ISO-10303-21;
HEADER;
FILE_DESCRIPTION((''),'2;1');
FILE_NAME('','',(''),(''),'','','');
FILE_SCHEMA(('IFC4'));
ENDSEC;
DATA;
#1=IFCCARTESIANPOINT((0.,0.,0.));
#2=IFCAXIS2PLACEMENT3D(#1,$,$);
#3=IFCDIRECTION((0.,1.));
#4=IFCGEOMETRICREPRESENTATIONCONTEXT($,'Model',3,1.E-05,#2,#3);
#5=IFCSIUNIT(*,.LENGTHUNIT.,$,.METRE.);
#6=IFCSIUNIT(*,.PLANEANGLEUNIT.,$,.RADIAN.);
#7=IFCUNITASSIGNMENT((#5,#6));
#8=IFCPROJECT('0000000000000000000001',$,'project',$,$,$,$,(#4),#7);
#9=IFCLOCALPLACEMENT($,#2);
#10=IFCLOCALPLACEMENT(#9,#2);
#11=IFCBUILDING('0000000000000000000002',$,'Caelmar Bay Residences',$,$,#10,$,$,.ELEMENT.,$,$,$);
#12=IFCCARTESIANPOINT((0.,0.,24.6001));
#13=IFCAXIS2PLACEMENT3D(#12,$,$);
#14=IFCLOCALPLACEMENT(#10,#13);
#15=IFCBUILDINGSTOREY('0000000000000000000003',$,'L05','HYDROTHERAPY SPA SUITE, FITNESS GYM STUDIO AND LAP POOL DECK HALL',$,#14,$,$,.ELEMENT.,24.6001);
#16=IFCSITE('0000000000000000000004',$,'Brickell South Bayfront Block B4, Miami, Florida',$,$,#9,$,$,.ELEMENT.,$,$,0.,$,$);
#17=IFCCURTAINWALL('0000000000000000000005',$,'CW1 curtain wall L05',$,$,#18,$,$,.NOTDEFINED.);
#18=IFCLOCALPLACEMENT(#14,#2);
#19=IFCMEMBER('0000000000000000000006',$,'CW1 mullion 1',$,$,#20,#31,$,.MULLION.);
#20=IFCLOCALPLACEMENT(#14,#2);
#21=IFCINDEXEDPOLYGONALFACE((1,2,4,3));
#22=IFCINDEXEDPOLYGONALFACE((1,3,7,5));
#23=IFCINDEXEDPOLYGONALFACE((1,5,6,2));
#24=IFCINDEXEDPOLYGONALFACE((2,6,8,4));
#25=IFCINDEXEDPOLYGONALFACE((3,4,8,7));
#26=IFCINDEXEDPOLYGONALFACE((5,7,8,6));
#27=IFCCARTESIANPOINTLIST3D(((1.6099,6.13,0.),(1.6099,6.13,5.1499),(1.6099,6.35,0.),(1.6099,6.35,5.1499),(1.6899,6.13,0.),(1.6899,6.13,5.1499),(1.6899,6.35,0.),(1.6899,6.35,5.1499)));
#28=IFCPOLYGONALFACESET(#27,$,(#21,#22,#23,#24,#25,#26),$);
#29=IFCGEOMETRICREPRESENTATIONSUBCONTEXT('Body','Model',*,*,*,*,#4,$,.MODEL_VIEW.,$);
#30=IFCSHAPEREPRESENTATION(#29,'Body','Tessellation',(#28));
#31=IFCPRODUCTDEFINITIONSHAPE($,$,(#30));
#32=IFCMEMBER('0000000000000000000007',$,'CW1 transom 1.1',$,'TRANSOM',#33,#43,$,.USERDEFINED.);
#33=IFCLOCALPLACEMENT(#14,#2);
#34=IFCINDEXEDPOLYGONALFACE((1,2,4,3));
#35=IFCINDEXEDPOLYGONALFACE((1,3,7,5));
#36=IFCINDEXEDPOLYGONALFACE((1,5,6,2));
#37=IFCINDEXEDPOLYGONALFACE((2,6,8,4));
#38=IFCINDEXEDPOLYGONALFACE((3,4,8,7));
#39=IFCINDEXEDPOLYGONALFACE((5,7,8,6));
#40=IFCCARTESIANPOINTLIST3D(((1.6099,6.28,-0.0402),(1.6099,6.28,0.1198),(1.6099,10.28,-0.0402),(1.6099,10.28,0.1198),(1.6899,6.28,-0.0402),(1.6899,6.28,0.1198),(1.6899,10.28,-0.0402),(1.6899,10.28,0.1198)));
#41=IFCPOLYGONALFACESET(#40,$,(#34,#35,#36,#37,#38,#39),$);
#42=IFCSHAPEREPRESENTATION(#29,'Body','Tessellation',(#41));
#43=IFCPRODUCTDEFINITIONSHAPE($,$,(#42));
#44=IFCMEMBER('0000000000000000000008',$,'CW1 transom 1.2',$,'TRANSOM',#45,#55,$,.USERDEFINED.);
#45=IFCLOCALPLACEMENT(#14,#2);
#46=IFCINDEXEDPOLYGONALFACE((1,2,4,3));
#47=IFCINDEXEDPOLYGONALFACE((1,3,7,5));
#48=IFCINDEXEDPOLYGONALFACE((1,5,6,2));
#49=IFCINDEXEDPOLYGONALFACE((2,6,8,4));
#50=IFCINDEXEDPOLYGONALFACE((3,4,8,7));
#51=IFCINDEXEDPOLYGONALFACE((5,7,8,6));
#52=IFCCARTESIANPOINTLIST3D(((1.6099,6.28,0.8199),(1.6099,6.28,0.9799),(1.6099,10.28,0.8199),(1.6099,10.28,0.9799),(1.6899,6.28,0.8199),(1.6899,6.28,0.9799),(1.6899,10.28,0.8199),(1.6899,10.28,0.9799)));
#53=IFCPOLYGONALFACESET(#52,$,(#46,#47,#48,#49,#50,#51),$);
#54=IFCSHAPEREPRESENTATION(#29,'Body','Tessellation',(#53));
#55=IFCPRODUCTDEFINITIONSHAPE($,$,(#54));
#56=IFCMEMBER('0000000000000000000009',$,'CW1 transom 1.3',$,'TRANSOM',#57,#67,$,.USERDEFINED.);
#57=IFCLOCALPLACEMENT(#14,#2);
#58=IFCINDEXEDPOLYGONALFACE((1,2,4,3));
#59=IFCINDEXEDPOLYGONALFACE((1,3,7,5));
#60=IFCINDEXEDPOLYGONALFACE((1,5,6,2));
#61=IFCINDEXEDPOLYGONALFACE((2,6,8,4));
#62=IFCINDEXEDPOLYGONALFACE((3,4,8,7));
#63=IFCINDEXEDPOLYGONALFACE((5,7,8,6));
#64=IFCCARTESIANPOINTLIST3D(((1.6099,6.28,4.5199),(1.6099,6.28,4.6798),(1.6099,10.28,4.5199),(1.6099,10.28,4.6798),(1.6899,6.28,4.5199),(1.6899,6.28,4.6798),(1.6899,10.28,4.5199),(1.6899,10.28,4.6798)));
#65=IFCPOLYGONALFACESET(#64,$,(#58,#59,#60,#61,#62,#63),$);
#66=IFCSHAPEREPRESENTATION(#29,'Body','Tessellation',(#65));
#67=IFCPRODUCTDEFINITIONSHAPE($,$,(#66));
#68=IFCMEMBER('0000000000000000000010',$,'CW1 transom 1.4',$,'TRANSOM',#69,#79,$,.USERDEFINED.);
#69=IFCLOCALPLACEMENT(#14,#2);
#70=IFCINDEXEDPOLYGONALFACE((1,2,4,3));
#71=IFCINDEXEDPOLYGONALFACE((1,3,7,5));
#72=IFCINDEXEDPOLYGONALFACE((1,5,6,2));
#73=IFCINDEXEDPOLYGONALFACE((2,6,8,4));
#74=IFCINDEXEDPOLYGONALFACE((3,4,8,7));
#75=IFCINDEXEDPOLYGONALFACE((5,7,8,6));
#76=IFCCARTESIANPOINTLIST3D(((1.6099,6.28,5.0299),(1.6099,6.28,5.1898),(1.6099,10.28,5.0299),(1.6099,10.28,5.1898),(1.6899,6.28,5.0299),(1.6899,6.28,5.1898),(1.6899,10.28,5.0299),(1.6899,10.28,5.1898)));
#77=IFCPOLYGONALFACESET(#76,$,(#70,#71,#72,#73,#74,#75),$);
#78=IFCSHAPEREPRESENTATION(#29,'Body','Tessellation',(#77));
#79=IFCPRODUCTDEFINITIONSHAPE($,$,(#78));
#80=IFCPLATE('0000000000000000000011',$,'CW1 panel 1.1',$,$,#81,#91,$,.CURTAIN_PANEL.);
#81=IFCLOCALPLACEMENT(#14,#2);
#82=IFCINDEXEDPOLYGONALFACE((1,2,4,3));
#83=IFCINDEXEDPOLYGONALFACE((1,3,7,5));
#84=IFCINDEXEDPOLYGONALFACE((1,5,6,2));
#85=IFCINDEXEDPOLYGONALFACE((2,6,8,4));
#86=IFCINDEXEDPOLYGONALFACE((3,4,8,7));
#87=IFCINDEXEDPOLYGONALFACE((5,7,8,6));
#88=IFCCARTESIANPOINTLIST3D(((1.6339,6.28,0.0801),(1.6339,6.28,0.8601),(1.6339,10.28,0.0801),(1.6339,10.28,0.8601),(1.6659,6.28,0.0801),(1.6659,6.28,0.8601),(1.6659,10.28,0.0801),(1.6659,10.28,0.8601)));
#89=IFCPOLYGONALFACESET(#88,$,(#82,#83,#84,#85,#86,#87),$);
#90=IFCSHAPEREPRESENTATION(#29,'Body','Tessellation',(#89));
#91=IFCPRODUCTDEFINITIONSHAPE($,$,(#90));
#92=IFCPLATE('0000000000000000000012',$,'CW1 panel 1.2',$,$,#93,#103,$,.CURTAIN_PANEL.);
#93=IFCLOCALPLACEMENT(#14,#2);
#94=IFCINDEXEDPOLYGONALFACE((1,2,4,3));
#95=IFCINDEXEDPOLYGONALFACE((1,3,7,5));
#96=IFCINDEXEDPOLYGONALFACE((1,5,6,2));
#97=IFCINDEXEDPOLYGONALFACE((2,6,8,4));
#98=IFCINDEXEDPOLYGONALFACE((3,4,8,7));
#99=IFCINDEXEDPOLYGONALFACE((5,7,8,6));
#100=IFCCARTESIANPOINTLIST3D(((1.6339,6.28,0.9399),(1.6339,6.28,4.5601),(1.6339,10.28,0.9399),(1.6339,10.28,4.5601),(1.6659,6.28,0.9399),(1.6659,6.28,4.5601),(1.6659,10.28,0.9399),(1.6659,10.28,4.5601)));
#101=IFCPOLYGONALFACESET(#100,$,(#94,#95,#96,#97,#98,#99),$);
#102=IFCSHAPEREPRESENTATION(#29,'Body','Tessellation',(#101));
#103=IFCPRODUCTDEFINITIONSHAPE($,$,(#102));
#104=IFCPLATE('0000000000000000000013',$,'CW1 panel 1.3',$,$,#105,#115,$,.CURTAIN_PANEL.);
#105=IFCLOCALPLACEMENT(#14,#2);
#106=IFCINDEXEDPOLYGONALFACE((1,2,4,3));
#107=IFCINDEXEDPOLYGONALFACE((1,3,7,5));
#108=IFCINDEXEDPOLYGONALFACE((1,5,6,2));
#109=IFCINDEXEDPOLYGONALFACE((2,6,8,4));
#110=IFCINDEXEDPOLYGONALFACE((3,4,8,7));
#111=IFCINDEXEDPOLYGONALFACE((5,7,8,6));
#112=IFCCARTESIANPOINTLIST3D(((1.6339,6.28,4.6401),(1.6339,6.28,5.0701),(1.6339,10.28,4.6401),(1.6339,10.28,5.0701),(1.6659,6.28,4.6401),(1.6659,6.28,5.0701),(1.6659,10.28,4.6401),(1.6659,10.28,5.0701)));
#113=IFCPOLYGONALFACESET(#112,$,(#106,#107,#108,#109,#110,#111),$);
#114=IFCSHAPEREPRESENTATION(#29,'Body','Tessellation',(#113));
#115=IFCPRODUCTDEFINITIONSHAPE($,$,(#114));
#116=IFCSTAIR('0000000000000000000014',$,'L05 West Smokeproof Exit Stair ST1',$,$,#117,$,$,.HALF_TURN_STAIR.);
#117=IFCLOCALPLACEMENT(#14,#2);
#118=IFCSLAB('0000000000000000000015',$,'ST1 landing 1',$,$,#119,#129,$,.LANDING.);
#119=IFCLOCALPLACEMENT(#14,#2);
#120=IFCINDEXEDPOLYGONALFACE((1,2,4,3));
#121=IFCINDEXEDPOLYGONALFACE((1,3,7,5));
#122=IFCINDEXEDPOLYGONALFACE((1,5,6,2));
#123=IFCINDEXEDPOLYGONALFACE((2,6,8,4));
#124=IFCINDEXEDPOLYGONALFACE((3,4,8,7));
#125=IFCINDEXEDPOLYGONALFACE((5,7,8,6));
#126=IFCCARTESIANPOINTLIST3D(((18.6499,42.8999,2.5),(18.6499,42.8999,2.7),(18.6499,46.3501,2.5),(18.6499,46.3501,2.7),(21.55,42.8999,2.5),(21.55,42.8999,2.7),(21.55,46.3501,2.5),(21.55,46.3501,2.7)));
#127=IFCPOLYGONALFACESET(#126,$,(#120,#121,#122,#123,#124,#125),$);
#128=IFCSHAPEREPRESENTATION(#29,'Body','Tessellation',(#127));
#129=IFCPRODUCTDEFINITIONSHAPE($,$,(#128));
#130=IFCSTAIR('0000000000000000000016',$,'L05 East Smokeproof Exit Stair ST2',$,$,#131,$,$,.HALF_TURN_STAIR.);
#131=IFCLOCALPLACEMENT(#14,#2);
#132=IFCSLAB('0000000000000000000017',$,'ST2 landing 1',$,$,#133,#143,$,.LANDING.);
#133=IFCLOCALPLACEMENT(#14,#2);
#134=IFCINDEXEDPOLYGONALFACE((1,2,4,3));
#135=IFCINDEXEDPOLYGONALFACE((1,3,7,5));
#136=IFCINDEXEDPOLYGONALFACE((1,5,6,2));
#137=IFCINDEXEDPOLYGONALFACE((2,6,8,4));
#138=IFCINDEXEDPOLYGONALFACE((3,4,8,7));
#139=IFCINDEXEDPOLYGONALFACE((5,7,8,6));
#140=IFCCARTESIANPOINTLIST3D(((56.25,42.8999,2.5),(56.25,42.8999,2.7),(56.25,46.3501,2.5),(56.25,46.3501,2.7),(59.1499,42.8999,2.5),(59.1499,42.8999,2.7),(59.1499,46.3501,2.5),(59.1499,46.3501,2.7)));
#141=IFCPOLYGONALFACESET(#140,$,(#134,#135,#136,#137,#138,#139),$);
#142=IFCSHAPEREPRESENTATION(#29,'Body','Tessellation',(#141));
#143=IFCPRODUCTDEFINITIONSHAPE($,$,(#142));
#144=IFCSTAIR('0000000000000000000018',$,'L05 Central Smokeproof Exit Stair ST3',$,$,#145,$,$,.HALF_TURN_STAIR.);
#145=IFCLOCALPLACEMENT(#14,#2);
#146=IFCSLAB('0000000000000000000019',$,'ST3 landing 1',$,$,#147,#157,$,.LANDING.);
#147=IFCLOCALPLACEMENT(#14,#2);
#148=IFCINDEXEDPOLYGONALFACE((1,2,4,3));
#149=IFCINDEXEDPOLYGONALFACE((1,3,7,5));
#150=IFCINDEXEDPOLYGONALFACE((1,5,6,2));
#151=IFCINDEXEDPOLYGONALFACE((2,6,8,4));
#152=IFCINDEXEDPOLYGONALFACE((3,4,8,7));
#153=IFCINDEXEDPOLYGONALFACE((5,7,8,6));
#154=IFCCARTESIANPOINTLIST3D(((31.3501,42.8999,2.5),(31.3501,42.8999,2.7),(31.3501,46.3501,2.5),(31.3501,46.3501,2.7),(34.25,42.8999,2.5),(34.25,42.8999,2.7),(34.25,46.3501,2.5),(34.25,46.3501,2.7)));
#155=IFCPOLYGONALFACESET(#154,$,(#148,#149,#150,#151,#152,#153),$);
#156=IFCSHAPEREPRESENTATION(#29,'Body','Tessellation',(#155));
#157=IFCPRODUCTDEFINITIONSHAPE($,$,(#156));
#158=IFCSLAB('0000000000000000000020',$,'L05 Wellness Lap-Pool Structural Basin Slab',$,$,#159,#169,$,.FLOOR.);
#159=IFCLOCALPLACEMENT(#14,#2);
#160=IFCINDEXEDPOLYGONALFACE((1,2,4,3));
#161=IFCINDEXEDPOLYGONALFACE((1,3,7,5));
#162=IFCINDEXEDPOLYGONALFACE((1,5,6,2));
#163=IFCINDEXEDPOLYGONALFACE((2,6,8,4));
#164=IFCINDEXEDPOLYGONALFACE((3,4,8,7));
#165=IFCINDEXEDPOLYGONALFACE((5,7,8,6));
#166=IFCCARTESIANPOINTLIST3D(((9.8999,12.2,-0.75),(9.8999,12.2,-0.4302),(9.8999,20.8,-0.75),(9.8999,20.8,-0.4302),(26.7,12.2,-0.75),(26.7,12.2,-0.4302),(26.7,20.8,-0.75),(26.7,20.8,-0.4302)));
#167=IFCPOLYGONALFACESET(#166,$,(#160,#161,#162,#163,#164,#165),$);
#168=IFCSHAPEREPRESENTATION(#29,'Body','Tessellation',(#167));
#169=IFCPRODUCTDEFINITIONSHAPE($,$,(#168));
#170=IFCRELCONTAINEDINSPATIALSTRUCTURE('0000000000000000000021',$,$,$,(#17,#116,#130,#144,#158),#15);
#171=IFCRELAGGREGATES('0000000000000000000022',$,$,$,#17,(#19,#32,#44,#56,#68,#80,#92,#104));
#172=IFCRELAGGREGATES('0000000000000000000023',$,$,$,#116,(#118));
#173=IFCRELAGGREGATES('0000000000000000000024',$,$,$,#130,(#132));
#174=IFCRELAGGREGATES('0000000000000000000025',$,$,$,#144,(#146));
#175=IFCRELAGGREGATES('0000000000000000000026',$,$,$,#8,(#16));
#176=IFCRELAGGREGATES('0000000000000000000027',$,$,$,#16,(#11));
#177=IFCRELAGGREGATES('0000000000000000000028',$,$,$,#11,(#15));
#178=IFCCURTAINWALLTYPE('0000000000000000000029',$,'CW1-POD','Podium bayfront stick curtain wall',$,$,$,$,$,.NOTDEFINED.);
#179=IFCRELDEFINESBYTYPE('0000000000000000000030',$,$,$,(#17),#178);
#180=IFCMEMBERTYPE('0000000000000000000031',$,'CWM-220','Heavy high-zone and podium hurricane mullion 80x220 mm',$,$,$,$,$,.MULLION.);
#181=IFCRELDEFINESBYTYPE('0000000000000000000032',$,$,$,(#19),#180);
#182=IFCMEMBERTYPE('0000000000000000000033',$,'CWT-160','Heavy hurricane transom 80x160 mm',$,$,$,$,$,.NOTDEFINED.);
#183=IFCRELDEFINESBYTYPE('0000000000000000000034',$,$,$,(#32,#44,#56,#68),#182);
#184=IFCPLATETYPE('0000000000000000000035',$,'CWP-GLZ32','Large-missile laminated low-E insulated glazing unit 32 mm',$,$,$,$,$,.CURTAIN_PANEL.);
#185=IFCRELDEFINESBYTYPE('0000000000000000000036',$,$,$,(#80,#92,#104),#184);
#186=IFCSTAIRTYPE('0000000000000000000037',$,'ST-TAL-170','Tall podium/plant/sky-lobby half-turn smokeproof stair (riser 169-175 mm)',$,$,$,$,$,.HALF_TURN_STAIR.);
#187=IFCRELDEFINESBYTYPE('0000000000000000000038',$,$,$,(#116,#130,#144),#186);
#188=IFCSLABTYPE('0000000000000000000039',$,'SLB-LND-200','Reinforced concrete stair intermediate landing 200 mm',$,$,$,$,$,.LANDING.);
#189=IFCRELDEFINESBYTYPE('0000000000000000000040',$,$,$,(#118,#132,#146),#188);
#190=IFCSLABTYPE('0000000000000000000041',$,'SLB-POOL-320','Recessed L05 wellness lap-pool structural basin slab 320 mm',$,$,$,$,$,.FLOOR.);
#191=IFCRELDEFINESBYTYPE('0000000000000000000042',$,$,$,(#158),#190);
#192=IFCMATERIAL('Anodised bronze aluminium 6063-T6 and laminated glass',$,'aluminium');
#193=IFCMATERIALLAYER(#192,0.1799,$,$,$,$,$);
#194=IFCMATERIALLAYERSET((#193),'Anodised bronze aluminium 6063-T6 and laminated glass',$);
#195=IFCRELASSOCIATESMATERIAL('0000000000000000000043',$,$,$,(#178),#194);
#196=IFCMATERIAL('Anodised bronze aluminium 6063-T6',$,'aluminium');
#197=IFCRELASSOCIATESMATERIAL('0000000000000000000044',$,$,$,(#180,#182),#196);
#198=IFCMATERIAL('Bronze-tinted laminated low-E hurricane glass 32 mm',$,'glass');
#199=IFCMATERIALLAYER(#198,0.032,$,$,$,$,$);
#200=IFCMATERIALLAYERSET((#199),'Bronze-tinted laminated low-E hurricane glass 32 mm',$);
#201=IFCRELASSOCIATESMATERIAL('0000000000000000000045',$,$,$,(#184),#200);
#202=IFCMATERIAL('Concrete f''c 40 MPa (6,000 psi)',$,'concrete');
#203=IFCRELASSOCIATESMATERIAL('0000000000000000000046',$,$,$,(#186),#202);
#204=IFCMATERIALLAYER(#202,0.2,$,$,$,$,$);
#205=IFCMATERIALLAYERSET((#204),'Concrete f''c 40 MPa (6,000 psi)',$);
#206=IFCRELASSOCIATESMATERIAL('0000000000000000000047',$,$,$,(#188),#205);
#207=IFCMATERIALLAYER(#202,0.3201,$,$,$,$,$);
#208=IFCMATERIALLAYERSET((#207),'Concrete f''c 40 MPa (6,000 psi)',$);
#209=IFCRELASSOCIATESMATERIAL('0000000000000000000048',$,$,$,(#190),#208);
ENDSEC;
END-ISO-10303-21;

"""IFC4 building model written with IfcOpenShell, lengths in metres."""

from ifc_helpers import new_model, si_unit, direction, frame, origin, origin_2d, place, context, subcontext, project, spatial, polyline, rectangle, outline, extrude, material, layer, layer_set, material_profile, profile_set, type_object, element, aggregate, save


model = new_model("IFC4")

# Units and contexts
model_context = context("Model", 3, precision=1e-05, world=origin(), true_north=direction((0.0, 1.0)))
body_context = subcontext(model_context, "Body", "Model", "MODEL_VIEW")
ifc_project = project(units=[si_unit("LENGTHUNIT", "METRE"), si_unit("PLANEANGLEUNIT", "RADIAN")], contexts=[model_context])

# Site, building, storey
site_placement = place(None, origin())
site = spatial("IfcSite", under=ifc_project, at=site_placement, Name="Brickell South Bayfront Block B4, Miami, Florida", CompositionType="ELEMENT", RefElevation=0.0)
building_placement = place(site_placement, origin())
building = spatial("IfcBuilding", under=site, at=building_placement, Name="Caelmar Bay Residences", CompositionType="ELEMENT")
storey_placement = place(building_placement, frame((0.0, 0.0, 24.6001)))
storey = spatial("IfcBuildingStorey", under=building, at=storey_placement, Name="L05", Description="HYDROTHERAPY SPA SUITE, FITNESS GYM STUDIO AND LAP POOL DECK HALL", CompositionType="ELEMENT", Elevation=24.6001)

# Curtain wall, members, plates
ifc_material_1 = material(Name="Anodised bronze aluminium 6063-T6 and laminated glass", Category="aluminium")
ifc_layer_1 = layer(ifc_material_1, 0.1799)
ifc_layer_set_1 = layer_set([ifc_layer_1], Name="Anodised bronze aluminium 6063-T6 and laminated glass")
curtain_wall_type = type_object("IfcCurtainWallType", Name="CW1-POD", Description="Podium bayfront stick curtain wall", PredefinedType="NOTDEFINED", material=ifc_layer_set_1)
curtain_wall_placement = place(storey_placement, origin())
curtain_wall = element("IfcCurtainWall", 1, at=curtain_wall_placement, inside=storey, type_object=curtain_wall_type, Name="CW1 curtain wall L05", PredefinedType="NOTDEFINED")
ifc_material_2 = material(Name="Anodised bronze aluminium 6063-T6", Category="aluminium")
ifc_material_profile_1 = material_profile(ifc_material_2, rectangle(XDim=0.0801, YDim=0.22, at=origin_2d()), Name="CWM-80X220")
ifc_profile_set_1 = profile_set([ifc_material_profile_1], Name="Anodised bronze aluminium 6063-T6")
member_type_1 = type_object("IfcMemberType", Name="CWM-220", Description="Heavy high-zone and podium hurricane mullion 80x220 mm", PredefinedType="MULLION", material=ifc_profile_set_1)
member_1_placement = place(storey_placement, frame((1.6499, 6.24, 0.0), z_axis=(0.0, 0.0, 1.0), x_axis=(-1.0, 0.0, 0.0)))
member_1 = element("IfcMember", 2, at=member_1_placement, type_object=member_type_1, Name="CW1 mullion 1", PredefinedType="MULLION", context=body_context, shape_type="SweptSolid", body=[
    extrude(rectangle(XDim=0.0801, YDim=0.22, at=origin_2d()), origin(), (0.0, 0.0, 1.0), 5.1499),
])
ifc_material_profile_2 = material_profile(ifc_material_2, rectangle(XDim=0.0801, YDim=0.1599, at=origin_2d()), Name="CWT-80X160")
ifc_profile_set_2 = profile_set([ifc_material_profile_2], Name="Anodised bronze aluminium 6063-T6")
member_type_2 = type_object("IfcMemberType", Name="CWT-160", Description="Heavy hurricane transom 80x160 mm", PredefinedType="NOTDEFINED", material=ifc_profile_set_2)
member_2_placement = place(storey_placement, frame((1.6499, 6.28, 0.0398), z_axis=(0.0, 1.0, 0.0), x_axis=(-1.0, 0.0, 0.0)))
member_2 = element("IfcMember", 3, at=member_2_placement, type_object=member_type_2, Name="CW1 transom 1.1", ObjectType="TRANSOM", PredefinedType="USERDEFINED", context=body_context, shape_type="SweptSolid", body=[
    extrude(rectangle(XDim=0.0801, YDim=0.1599, at=origin_2d()), origin(), (0.0, 0.0, 1.0), 4.0),
])
member_3_placement = place(storey_placement, frame((1.6499, 6.28, 0.8999), z_axis=(0.0, 1.0, 0.0), x_axis=(-1.0, 0.0, 0.0)))
member_3 = element("IfcMember", 4, at=member_3_placement, type_object=member_type_2, Name="CW1 transom 1.2", ObjectType="TRANSOM", PredefinedType="USERDEFINED", context=body_context, shape_type="SweptSolid", body=[
    extrude(rectangle(XDim=0.0801, YDim=0.1599, at=origin_2d()), origin(), (0.0, 0.0, 1.0), 4.0),
])
member_4_placement = place(storey_placement, frame((1.6499, 6.28, 4.5999), z_axis=(0.0, 1.0, 0.0), x_axis=(-1.0, 0.0, 0.0)))
member_4 = element("IfcMember", 5, at=member_4_placement, type_object=member_type_2, Name="CW1 transom 1.3", ObjectType="TRANSOM", PredefinedType="USERDEFINED", context=body_context, shape_type="SweptSolid", body=[
    extrude(rectangle(XDim=0.0801, YDim=0.1599, at=origin_2d()), origin(), (0.0, 0.0, 1.0), 4.0),
])
member_5_placement = place(storey_placement, frame((1.6499, 6.28, 5.1099), z_axis=(0.0, 1.0, 0.0), x_axis=(-1.0, 0.0, 0.0)))
member_5 = element("IfcMember", 6, at=member_5_placement, type_object=member_type_2, Name="CW1 transom 1.4", ObjectType="TRANSOM", PredefinedType="USERDEFINED", context=body_context, shape_type="SweptSolid", body=[
    extrude(rectangle(XDim=0.0801, YDim=0.1599, at=origin_2d()), origin(), (0.0, 0.0, 1.0), 4.0),
])
ifc_material_3 = material(Name="Bronze-tinted laminated low-E hurricane glass 32 mm", Category="glass")
ifc_layer_2 = layer(ifc_material_3, 0.032)
ifc_layer_set_2 = layer_set([ifc_layer_2], Name="Bronze-tinted laminated low-E hurricane glass 32 mm")
plate_type = type_object("IfcPlateType", Name="CWP-GLZ32", Description="Large-missile laminated low-E insulated glazing unit 32 mm", PredefinedType="CURTAIN_PANEL", material=ifc_layer_set_2)
plate_1_placement = place(storey_placement, frame((1.6499, 8.28, 0.0801), z_axis=(0.0, 0.0, 1.0), x_axis=(0.0, 1.0, 0.0)))
plate_1 = element("IfcPlate", 7, at=plate_1_placement, type_object=plate_type, Name="CW1 panel 1.1", PredefinedType="CURTAIN_PANEL", context=body_context, shape_type="SweptSolid", body=[
    extrude(rectangle(XDim=4.0, YDim=0.032, at=origin_2d()), origin(), (0.0, 0.0, 1.0), 0.78),
])
plate_2_placement = place(storey_placement, frame((1.6499, 8.28, 0.9399), z_axis=(0.0, 0.0, 1.0), x_axis=(0.0, 1.0, 0.0)))
plate_2 = element("IfcPlate", 8, at=plate_2_placement, type_object=plate_type, Name="CW1 panel 1.2", PredefinedType="CURTAIN_PANEL", context=body_context, shape_type="SweptSolid", body=[
    extrude(rectangle(XDim=4.0, YDim=0.032, at=origin_2d()), origin(), (0.0, 0.0, 1.0), 3.6201),
])
plate_3_placement = place(storey_placement, frame((1.6499, 8.28, 4.6401), z_axis=(0.0, 0.0, 1.0), x_axis=(0.0, 1.0, 0.0)))
plate_3 = element("IfcPlate", 9, at=plate_3_placement, type_object=plate_type, Name="CW1 panel 1.3", PredefinedType="CURTAIN_PANEL", context=body_context, shape_type="SweptSolid", body=[
    extrude(rectangle(XDim=4.0, YDim=0.032, at=origin_2d()), origin(), (0.0, 0.0, 1.0), 0.4299),
])
aggregate(curtain_wall, [member_1, member_2, member_3, member_4, member_5, plate_1, plate_2, plate_3])

# Stairs, slabs
ifc_material_4 = material(Name="Concrete f'c 40 MPa (6,000 psi)", Category="concrete")
stair_type = type_object("IfcStairType", Name="ST-TAL-170", Description="Tall podium/plant/sky-lobby half-turn smokeproof stair (riser 169-175 mm)", PredefinedType="HALF_TURN_STAIR", material=ifc_material_4)
stair_1_placement = place(storey_placement, origin())
stair_1 = element("IfcStair", 10, at=stair_1_placement, inside=storey, type_object=stair_type, Name="L05 West Smokeproof Exit Stair ST1", PredefinedType="HALF_TURN_STAIR")
ifc_layer_3 = layer(ifc_material_4, 0.2)
ifc_layer_set_3 = layer_set([ifc_layer_3], Name="Concrete f'c 40 MPa (6,000 psi)")
slab_type_1 = type_object("IfcSlabType", Name="SLB-LND-200", Description="Reinforced concrete stair intermediate landing 200 mm", PredefinedType="LANDING", material=ifc_layer_set_3)
slab_1_placement = place(storey_placement, frame((0.0, 0.0, 2.5)))
slab_1 = element("IfcSlab", 11, at=slab_1_placement, type_object=slab_type_1, Name="ST1 landing 1", PredefinedType="LANDING", context=body_context, shape_type="SweptSolid", body=[
    extrude(outline(polyline([(21.55, 42.8999), (21.55, 46.3501), (18.6499, 46.3501), (18.6499, 42.8999), (21.55, 42.8999)])), origin(), (0.0, 0.0, 1.0), 0.2),
])
aggregate(stair_1, [slab_1])
stair_2_placement = place(storey_placement, origin())
stair_2 = element("IfcStair", 12, at=stair_2_placement, inside=storey, type_object=stair_type, Name="L05 East Smokeproof Exit Stair ST2", PredefinedType="HALF_TURN_STAIR")
slab_2_placement = place(storey_placement, frame((0.0, 0.0, 2.5)))
slab_2 = element("IfcSlab", 13, at=slab_2_placement, type_object=slab_type_1, Name="ST2 landing 1", PredefinedType="LANDING", context=body_context, shape_type="SweptSolid", body=[
    extrude(outline(polyline([(59.1499, 42.8999), (59.1499, 46.3501), (56.25, 46.3501), (56.25, 42.8999), (59.1499, 42.8999)])), origin(), (0.0, 0.0, 1.0), 0.2),
])
aggregate(stair_2, [slab_2])
stair_3_placement = place(storey_placement, origin())
stair_3 = element("IfcStair", 14, at=stair_3_placement, inside=storey, type_object=stair_type, Name="L05 Central Smokeproof Exit Stair ST3", PredefinedType="HALF_TURN_STAIR")
slab_3_placement = place(storey_placement, frame((0.0, 0.0, 2.5)))
slab_3 = element("IfcSlab", 15, at=slab_3_placement, type_object=slab_type_1, Name="ST3 landing 1", PredefinedType="LANDING", context=body_context, shape_type="SweptSolid", body=[
    extrude(outline(polyline([(34.25, 42.8999), (34.25, 46.3501), (31.3501, 46.3501), (31.3501, 42.8999), (34.25, 42.8999)])), origin(), (0.0, 0.0, 1.0), 0.2),
])
aggregate(stair_3, [slab_3])

# Slab
ifc_layer_4 = layer(ifc_material_4, 0.3201)
ifc_layer_set_4 = layer_set([ifc_layer_4], Name="Concrete f'c 40 MPa (6,000 psi)")
slab_type_2 = type_object("IfcSlabType", Name="SLB-POOL-320", Description="Recessed L05 wellness lap-pool structural basin slab 320 mm", PredefinedType="FLOOR", material=ifc_layer_set_4)
slab_4_placement = place(storey_placement, frame((0.0, 0.0, -0.75)))
element("IfcSlab", 16, at=slab_4_placement, inside=storey, type_object=slab_type_2, Name="L05 Wellness Lap-Pool Structural Basin Slab", PredefinedType="FLOOR", context=body_context, shape_type="SweptSolid", body=[
    extrude(outline(polyline([(9.8999, 12.2), (26.7, 12.2), (26.7, 20.8), (9.8999, 20.8), (9.8999, 12.2)])), origin(), (0.0, 0.0, 1.0), 0.3198),
])

save(model, "model.ifc")
